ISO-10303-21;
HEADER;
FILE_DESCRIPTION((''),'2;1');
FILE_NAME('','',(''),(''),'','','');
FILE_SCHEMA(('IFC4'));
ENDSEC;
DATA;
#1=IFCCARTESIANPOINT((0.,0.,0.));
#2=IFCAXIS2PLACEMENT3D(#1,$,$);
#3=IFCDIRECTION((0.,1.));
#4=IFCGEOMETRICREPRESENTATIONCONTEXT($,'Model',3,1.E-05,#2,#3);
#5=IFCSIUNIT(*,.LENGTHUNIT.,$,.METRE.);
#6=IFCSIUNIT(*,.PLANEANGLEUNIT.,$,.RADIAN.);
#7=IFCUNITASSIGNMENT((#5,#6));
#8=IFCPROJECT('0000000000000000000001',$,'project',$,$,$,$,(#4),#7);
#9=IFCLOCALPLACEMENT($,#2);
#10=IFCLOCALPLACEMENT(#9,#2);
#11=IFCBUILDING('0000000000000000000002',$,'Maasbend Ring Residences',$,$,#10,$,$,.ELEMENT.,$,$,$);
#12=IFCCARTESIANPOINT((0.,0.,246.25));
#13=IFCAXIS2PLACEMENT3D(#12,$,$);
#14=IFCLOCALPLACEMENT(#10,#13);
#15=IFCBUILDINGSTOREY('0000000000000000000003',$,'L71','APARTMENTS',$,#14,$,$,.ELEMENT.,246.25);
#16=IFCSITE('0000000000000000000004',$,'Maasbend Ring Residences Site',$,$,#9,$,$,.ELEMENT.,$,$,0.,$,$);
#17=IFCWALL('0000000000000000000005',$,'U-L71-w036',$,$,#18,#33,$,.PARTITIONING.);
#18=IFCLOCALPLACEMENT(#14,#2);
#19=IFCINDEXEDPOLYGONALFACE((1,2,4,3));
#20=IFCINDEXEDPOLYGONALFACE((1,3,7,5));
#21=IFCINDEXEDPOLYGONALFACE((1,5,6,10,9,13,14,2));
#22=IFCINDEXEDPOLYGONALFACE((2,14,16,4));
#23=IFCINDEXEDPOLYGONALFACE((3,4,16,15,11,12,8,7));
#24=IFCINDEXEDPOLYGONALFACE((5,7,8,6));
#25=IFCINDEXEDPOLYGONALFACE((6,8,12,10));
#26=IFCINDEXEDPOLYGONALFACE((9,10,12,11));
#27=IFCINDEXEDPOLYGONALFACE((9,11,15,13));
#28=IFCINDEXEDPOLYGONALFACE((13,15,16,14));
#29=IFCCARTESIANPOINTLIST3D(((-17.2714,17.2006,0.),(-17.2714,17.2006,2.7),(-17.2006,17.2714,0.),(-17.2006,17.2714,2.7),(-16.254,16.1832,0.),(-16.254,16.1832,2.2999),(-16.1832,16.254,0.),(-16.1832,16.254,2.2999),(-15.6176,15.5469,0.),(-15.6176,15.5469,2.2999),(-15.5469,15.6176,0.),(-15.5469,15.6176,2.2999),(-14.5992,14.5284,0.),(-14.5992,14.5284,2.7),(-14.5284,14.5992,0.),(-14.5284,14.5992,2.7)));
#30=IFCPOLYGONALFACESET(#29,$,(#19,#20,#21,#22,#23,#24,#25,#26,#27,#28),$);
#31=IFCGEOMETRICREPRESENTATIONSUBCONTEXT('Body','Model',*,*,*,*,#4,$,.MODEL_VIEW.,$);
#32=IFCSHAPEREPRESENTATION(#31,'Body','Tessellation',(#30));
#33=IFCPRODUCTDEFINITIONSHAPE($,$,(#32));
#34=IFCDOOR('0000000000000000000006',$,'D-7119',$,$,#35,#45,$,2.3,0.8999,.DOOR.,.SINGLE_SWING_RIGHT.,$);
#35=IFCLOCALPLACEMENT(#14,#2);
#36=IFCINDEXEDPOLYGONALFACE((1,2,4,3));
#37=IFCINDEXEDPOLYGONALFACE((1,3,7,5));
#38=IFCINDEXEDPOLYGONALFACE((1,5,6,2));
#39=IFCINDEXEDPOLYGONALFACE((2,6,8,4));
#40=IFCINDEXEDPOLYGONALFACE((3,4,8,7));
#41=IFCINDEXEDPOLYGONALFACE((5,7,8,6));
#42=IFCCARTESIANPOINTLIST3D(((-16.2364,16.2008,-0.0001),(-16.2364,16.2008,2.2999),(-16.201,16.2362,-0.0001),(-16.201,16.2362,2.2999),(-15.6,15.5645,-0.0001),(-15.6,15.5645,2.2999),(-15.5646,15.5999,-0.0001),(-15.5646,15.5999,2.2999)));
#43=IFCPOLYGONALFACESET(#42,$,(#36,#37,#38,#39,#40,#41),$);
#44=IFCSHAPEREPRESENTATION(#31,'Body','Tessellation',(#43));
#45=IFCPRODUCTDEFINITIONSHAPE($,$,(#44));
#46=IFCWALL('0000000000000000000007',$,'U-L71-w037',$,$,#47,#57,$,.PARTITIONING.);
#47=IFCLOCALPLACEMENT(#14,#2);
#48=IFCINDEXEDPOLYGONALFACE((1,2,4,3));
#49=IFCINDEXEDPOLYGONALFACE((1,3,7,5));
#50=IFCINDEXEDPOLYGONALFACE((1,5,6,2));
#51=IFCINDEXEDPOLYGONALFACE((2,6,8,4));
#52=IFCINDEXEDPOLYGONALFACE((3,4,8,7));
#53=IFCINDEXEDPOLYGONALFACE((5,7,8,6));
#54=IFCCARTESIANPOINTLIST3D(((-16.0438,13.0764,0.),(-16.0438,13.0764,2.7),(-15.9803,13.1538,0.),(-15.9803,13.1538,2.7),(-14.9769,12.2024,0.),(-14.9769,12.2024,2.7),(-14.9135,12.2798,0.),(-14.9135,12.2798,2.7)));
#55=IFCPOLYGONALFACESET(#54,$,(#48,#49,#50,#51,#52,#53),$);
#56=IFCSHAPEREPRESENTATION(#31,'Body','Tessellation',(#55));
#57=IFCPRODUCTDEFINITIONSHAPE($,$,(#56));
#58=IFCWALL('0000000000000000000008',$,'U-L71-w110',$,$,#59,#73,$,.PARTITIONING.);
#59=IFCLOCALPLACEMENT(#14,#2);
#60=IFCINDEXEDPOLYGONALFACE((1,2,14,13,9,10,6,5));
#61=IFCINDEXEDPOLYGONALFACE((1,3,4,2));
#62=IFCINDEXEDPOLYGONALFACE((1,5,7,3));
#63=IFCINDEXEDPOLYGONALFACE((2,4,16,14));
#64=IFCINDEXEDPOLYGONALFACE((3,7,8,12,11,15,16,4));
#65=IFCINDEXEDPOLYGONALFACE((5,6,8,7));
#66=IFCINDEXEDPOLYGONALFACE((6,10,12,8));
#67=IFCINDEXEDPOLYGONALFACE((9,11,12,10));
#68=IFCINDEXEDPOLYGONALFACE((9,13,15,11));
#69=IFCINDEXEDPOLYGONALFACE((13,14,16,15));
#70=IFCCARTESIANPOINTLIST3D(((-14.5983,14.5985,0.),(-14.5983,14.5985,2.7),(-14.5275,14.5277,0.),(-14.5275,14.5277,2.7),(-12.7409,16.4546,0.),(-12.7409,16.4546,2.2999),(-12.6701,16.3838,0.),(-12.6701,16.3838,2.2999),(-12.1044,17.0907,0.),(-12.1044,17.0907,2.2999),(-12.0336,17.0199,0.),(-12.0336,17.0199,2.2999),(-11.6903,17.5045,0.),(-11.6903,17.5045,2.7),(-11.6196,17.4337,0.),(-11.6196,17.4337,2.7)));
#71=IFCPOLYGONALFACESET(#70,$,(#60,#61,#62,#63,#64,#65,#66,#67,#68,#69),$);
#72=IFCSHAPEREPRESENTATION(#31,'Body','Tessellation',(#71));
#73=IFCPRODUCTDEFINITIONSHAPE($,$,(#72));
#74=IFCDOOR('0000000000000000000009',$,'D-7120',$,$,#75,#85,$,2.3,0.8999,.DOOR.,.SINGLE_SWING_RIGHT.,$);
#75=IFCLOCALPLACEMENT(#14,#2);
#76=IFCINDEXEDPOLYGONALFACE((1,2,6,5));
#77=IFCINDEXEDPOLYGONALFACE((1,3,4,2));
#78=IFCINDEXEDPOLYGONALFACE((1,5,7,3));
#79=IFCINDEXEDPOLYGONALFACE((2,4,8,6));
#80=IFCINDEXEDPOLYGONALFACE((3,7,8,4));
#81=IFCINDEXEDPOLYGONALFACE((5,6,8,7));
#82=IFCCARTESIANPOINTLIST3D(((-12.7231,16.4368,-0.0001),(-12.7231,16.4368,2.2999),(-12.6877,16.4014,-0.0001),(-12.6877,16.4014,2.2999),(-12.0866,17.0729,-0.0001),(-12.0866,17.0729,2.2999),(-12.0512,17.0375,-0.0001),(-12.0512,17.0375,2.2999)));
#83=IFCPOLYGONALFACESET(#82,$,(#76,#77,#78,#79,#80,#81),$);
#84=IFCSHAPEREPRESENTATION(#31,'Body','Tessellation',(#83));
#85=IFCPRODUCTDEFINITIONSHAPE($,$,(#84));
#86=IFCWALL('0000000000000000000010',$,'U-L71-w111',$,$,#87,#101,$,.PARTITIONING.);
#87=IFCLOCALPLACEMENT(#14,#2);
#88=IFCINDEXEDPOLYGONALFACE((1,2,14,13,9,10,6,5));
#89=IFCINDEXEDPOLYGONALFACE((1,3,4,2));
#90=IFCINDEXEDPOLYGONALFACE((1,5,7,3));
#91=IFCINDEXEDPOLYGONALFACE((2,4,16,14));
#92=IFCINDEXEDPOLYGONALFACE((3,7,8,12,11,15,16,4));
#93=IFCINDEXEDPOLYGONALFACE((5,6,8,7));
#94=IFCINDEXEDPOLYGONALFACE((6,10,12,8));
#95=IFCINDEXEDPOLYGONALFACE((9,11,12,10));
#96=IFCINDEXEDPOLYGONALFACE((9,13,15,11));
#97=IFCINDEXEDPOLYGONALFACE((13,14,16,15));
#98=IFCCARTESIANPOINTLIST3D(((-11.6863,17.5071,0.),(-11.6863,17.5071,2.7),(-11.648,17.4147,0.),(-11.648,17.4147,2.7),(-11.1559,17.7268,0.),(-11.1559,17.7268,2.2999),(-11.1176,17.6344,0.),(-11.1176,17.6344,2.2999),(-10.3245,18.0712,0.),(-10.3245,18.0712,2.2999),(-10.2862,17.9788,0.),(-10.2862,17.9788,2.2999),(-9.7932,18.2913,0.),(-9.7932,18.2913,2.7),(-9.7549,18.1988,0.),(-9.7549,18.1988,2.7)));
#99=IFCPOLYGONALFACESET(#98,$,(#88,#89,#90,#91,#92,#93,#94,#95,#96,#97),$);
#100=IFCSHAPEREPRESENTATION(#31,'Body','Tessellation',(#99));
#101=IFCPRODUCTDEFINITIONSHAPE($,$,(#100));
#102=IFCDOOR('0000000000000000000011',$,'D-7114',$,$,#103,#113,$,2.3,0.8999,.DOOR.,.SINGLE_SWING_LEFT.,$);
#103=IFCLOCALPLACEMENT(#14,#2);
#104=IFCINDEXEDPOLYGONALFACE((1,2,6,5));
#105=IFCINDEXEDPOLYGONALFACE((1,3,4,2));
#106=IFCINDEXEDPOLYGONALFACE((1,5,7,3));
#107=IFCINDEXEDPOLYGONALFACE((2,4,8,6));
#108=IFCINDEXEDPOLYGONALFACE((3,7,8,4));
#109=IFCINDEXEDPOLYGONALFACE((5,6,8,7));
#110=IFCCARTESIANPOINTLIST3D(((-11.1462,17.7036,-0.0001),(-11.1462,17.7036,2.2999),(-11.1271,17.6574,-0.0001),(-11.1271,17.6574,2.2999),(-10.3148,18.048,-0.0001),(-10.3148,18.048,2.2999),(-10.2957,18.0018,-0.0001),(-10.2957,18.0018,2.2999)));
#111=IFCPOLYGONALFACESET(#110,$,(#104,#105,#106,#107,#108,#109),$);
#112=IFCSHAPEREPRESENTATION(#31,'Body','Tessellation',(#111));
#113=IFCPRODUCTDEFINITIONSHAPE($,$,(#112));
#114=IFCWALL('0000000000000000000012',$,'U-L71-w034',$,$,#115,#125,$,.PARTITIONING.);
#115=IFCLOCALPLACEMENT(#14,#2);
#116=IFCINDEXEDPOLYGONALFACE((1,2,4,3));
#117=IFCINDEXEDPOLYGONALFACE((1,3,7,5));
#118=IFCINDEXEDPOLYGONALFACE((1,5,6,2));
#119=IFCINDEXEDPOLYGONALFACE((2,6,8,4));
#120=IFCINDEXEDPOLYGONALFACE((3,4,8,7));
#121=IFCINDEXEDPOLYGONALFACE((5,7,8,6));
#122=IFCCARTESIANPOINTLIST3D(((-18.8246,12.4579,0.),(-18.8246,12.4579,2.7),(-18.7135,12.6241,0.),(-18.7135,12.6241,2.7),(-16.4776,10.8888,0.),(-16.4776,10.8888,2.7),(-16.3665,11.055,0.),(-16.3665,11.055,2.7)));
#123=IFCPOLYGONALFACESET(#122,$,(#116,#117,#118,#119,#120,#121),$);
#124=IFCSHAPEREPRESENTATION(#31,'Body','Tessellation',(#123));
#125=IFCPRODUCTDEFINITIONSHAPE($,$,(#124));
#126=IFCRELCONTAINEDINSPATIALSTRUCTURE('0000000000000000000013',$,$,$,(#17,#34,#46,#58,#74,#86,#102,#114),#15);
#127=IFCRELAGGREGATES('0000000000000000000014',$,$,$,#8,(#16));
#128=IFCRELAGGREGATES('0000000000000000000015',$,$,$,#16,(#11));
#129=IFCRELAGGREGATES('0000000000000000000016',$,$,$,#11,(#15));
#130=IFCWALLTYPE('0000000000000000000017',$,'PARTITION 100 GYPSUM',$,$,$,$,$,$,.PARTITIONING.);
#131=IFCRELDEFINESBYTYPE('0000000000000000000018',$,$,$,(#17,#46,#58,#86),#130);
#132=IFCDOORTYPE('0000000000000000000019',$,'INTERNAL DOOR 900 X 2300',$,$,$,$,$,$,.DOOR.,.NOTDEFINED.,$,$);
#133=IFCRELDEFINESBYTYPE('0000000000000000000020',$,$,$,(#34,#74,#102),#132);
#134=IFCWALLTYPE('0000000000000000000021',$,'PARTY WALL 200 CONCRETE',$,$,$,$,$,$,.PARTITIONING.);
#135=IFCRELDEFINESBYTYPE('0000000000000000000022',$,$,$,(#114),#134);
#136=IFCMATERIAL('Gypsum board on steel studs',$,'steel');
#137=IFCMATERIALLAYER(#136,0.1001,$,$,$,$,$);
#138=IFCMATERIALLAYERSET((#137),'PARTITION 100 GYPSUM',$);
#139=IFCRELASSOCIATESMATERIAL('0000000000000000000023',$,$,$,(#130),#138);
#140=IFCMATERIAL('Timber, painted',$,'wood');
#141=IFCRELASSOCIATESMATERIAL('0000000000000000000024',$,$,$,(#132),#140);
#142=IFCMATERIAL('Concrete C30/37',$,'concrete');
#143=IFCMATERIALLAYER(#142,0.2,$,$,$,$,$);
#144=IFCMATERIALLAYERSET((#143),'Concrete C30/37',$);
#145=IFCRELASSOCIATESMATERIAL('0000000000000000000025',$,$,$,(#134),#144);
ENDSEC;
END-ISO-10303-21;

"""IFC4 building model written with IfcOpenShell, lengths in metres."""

from ifc_helpers import new_model, si_unit, direction, frame, frame_2d, origin, place, context, subcontext, project, spatial, rectangle, extrude, material, layer, layer_set, type_object, element, fill, save


model = new_model("IFC4")

# Units and contexts
model_context = context("Model", 3, precision=1e-05, world=origin(), true_north=direction((0.0, 1.0)))
body_context = subcontext(model_context, "Body", "Model", "MODEL_VIEW")
ifc_project = project(units=[si_unit("LENGTHUNIT", "METRE"), si_unit("PLANEANGLEUNIT", "RADIAN")], contexts=[model_context])

# Site, building, storey
site_placement = place(None, origin())
site = spatial("IfcSite", under=ifc_project, at=site_placement, Name="Maasbend Ring Residences Site", CompositionType="ELEMENT", RefElevation=0.0)
building_placement = place(site_placement, origin())
building = spatial("IfcBuilding", under=site, at=building_placement, Name="Maasbend Ring Residences", CompositionType="ELEMENT")
storey_placement = place(building_placement, frame((0.0, 0.0, 246.25)))
storey = spatial("IfcBuildingStorey", under=building, at=storey_placement, Name="L71", Description="APARTMENTS", CompositionType="ELEMENT", Elevation=246.25)

# Wall, opening, door
ifc_material_1 = material(Name="Gypsum board on steel studs", Category="steel")
ifc_layer_1 = layer(ifc_material_1, 0.1001)
ifc_layer_set_1 = layer_set([ifc_layer_1], Name="PARTITION 100 GYPSUM")
wall_type_1 = type_object("IfcWallType", Name="PARTITION 100 GYPSUM", PredefinedType="PARTITIONING", material=ifc_layer_set_1)
wall_1_placement = place(storey_placement, frame((-17.2361, 17.2361, 0.0), z_axis=(0.0, 0.0, 1.0), x_axis=(0.707107, -0.707107, 0.0)))
wall_1 = element("IfcWall", 1, at=wall_1_placement, inside=storey, type_object=wall_type_1, Name="U-L71-w036", PredefinedType="PARTITIONING", context=body_context, shape_type="SweptSolid", body=[
    extrude(rectangle(XDim=3.7791, YDim=0.1001, at=frame_2d((1.8896, 0.0))), origin(), (0.0, 0.0, 1.0), 2.7),
])
opening_1_placement = place(wall_1_placement, frame((1.439, 0.0, 0.0)))
opening_1 = element("IfcOpeningElement", 2, at=opening_1_placement, cuts=wall_1, PredefinedType="OPENING", context=body_context, shape_type="SweptSolid", body=[
    extrude(rectangle(XDim=0.8999, YDim=2.3, at=frame_2d((0.45, 1.1499))), frame((0.0, 0.0601, 0.0), z_axis=(0.0, -1.0, 0.0), x_axis=(1.0, 0.0, 0.0)), (0.0, 0.0, 1.0), 0.1201),
])
ifc_material_2 = material(Name="Timber, painted", Category="wood")
door_type_1 = type_object("IfcDoorType", Name="INTERNAL DOOR 900 X 2300", OperationType="NOTDEFINED", PredefinedType="DOOR", material=ifc_material_2)
door_1_placement = place(opening_1_placement, origin())
door_1 = element("IfcDoor", 3, at=door_1_placement, inside=storey, type_object=door_type_1, Name="D-7119", OperationType="SINGLE_SWING_RIGHT", OverallHeight=2.3, OverallWidth=0.8999, PredefinedType="DOOR", context=body_context, shape_type="SweptSolid", body=[
    extrude(rectangle(XDim=0.8999, YDim=2.3, at=frame_2d((0.45, 1.1499))), frame((0.0, 0.0249, 0.0), z_axis=(0.0, -1.0, 0.0), x_axis=(1.0, 0.0, 0.0)), (0.0, 0.0, 1.0), 0.05),
])
fill(opening_1, door_1)

# Wall
wall_2_placement = place(storey_placement, frame((-16.012, 13.115, 0.0), z_axis=(0.0, 0.0, 1.0), x_axis=(0.773563, -0.63372, 0.0)))
element("IfcWall", 4, at=wall_2_placement, inside=storey, type_object=wall_type_1, Name="U-L71-w037", PredefinedType="PARTITIONING", context=body_context, shape_type="SweptSolid", body=[
    extrude(rectangle(XDim=1.3792, YDim=0.1001, at=frame_2d((0.6895, 0.0))), origin(), (0.0, 0.0, 1.0), 2.7),
])

# Walls, openings, doors
wall_3_placement = place(storey_placement, frame((-14.563, 14.563, 0.0), z_axis=(0.0, 0.0, 1.0), x_axis=(0.707344, 0.706869, 0.0)))
wall_3 = element("IfcWall", 5, at=wall_3_placement, inside=storey, type_object=wall_type_1, Name="U-L71-w110", PredefinedType="PARTITIONING", context=body_context, shape_type="SweptSolid", body=[
    extrude(rectangle(XDim=4.1111, YDim=0.1001, at=frame_2d((2.0557, 0.0))), origin(), (0.0, 0.0, 1.0), 2.7),
])
opening_2_placement = place(wall_3_placement, frame((2.626, 0.0, 0.0)))
opening_2 = element("IfcOpeningElement", 6, at=opening_2_placement, cuts=wall_3, PredefinedType="OPENING", context=body_context, shape_type="SweptSolid", body=[
    extrude(rectangle(XDim=0.8999, YDim=2.3, at=frame_2d((0.45, 1.1499))), frame((0.0, 0.0601, 0.0), z_axis=(0.0, -1.0, 0.0), x_axis=(1.0, 0.0, 0.0)), (0.0, 0.0, 1.0), 0.1201),
])
door_2_placement = place(opening_2_placement, origin())
door_2 = element("IfcDoor", 7, at=door_2_placement, inside=storey, type_object=door_type_1, Name="D-7120", OperationType="SINGLE_SWING_RIGHT", OverallHeight=2.3, OverallWidth=0.8999, PredefinedType="DOOR", context=body_context, shape_type="SweptSolid", body=[
    extrude(rectangle(XDim=0.8999, YDim=2.3, at=frame_2d((0.45, 1.1499))), frame((0.0, 0.0249, 0.0), z_axis=(0.0, -1.0, 0.0), x_axis=(1.0, 0.0, 0.0)), (0.0, 0.0, 1.0), 0.05),
])
fill(opening_2, door_2)
wall_4_placement = place(storey_placement, frame((-11.667, 17.4609, 0.0), z_axis=(0.0, 0.0, 1.0), x_axis=(0.923872, 0.382703, 0.0)))
wall_4 = element("IfcWall", 8, at=wall_4_placement, inside=storey, type_object=wall_type_1, Name="U-L71-w111", PredefinedType="PARTITIONING", context=body_context, shape_type="SweptSolid", body=[
    extrude(rectangle(XDim=2.0491, YDim=0.1001, at=frame_2d((1.0244, 0.0))), origin(), (0.0, 0.0, 1.0), 2.7),
])
opening_3_placement = place(wall_4_placement, frame((0.574, 0.0, 0.0)))
opening_3 = element("IfcOpeningElement", 9, at=opening_3_placement, cuts=wall_4, PredefinedType="OPENING", context=body_context, shape_type="SweptSolid", body=[
    extrude(rectangle(XDim=0.8999, YDim=2.3, at=frame_2d((0.45, 1.1499))), frame((0.0, 0.0601, 0.0), z_axis=(0.0, -1.0, 0.0), x_axis=(1.0, 0.0, 0.0)), (0.0, 0.0, 1.0), 0.1201),
])
door_3_placement = place(opening_3_placement, origin())
door_3 = element("IfcDoor", 10, at=door_3_placement, inside=storey, type_object=door_type_1, Name="D-7114", OperationType="SINGLE_SWING_LEFT", OverallHeight=2.3, OverallWidth=0.8999, PredefinedType="DOOR", context=body_context, shape_type="SweptSolid", body=[
    extrude(rectangle(XDim=0.8999, YDim=2.3, at=frame_2d((0.45, 1.1499))), frame((0.0, 0.0249, 0.0), z_axis=(0.0, -1.0, 0.0), x_axis=(1.0, 0.0, 0.0)), (0.0, 0.0, 1.0), 0.05),
])
fill(opening_3, door_3)

# Wall
ifc_material_3 = material(Name="Concrete C30/37", Category="concrete")
ifc_layer_2 = layer(ifc_material_3, 0.2)
ifc_layer_set_2 = layer_set([ifc_layer_2], Name="Concrete C30/37")
wall_type_2 = type_object("IfcWallType", Name="PARTY WALL 200 CONCRETE", PredefinedType="PARTITIONING", material=ifc_layer_set_2)
wall_5_placement = place(storey_placement, frame((-18.769, 12.541, 0.0), z_axis=(0.0, 0.0, 1.0), x_axis=(0.831318, -0.555797, 0.0)))
element("IfcWall", 11, at=wall_5_placement, inside=storey, type_object=wall_type_2, Name="U-L71-w034", PredefinedType="PARTITIONING", context=body_context, shape_type="SweptSolid", body=[
    extrude(rectangle(XDim=2.8232, YDim=0.2, at=frame_2d((1.4116, 0.0))), origin(), (0.0, 0.0, 1.0), 2.7),
])

save(model, "model.ifc")
